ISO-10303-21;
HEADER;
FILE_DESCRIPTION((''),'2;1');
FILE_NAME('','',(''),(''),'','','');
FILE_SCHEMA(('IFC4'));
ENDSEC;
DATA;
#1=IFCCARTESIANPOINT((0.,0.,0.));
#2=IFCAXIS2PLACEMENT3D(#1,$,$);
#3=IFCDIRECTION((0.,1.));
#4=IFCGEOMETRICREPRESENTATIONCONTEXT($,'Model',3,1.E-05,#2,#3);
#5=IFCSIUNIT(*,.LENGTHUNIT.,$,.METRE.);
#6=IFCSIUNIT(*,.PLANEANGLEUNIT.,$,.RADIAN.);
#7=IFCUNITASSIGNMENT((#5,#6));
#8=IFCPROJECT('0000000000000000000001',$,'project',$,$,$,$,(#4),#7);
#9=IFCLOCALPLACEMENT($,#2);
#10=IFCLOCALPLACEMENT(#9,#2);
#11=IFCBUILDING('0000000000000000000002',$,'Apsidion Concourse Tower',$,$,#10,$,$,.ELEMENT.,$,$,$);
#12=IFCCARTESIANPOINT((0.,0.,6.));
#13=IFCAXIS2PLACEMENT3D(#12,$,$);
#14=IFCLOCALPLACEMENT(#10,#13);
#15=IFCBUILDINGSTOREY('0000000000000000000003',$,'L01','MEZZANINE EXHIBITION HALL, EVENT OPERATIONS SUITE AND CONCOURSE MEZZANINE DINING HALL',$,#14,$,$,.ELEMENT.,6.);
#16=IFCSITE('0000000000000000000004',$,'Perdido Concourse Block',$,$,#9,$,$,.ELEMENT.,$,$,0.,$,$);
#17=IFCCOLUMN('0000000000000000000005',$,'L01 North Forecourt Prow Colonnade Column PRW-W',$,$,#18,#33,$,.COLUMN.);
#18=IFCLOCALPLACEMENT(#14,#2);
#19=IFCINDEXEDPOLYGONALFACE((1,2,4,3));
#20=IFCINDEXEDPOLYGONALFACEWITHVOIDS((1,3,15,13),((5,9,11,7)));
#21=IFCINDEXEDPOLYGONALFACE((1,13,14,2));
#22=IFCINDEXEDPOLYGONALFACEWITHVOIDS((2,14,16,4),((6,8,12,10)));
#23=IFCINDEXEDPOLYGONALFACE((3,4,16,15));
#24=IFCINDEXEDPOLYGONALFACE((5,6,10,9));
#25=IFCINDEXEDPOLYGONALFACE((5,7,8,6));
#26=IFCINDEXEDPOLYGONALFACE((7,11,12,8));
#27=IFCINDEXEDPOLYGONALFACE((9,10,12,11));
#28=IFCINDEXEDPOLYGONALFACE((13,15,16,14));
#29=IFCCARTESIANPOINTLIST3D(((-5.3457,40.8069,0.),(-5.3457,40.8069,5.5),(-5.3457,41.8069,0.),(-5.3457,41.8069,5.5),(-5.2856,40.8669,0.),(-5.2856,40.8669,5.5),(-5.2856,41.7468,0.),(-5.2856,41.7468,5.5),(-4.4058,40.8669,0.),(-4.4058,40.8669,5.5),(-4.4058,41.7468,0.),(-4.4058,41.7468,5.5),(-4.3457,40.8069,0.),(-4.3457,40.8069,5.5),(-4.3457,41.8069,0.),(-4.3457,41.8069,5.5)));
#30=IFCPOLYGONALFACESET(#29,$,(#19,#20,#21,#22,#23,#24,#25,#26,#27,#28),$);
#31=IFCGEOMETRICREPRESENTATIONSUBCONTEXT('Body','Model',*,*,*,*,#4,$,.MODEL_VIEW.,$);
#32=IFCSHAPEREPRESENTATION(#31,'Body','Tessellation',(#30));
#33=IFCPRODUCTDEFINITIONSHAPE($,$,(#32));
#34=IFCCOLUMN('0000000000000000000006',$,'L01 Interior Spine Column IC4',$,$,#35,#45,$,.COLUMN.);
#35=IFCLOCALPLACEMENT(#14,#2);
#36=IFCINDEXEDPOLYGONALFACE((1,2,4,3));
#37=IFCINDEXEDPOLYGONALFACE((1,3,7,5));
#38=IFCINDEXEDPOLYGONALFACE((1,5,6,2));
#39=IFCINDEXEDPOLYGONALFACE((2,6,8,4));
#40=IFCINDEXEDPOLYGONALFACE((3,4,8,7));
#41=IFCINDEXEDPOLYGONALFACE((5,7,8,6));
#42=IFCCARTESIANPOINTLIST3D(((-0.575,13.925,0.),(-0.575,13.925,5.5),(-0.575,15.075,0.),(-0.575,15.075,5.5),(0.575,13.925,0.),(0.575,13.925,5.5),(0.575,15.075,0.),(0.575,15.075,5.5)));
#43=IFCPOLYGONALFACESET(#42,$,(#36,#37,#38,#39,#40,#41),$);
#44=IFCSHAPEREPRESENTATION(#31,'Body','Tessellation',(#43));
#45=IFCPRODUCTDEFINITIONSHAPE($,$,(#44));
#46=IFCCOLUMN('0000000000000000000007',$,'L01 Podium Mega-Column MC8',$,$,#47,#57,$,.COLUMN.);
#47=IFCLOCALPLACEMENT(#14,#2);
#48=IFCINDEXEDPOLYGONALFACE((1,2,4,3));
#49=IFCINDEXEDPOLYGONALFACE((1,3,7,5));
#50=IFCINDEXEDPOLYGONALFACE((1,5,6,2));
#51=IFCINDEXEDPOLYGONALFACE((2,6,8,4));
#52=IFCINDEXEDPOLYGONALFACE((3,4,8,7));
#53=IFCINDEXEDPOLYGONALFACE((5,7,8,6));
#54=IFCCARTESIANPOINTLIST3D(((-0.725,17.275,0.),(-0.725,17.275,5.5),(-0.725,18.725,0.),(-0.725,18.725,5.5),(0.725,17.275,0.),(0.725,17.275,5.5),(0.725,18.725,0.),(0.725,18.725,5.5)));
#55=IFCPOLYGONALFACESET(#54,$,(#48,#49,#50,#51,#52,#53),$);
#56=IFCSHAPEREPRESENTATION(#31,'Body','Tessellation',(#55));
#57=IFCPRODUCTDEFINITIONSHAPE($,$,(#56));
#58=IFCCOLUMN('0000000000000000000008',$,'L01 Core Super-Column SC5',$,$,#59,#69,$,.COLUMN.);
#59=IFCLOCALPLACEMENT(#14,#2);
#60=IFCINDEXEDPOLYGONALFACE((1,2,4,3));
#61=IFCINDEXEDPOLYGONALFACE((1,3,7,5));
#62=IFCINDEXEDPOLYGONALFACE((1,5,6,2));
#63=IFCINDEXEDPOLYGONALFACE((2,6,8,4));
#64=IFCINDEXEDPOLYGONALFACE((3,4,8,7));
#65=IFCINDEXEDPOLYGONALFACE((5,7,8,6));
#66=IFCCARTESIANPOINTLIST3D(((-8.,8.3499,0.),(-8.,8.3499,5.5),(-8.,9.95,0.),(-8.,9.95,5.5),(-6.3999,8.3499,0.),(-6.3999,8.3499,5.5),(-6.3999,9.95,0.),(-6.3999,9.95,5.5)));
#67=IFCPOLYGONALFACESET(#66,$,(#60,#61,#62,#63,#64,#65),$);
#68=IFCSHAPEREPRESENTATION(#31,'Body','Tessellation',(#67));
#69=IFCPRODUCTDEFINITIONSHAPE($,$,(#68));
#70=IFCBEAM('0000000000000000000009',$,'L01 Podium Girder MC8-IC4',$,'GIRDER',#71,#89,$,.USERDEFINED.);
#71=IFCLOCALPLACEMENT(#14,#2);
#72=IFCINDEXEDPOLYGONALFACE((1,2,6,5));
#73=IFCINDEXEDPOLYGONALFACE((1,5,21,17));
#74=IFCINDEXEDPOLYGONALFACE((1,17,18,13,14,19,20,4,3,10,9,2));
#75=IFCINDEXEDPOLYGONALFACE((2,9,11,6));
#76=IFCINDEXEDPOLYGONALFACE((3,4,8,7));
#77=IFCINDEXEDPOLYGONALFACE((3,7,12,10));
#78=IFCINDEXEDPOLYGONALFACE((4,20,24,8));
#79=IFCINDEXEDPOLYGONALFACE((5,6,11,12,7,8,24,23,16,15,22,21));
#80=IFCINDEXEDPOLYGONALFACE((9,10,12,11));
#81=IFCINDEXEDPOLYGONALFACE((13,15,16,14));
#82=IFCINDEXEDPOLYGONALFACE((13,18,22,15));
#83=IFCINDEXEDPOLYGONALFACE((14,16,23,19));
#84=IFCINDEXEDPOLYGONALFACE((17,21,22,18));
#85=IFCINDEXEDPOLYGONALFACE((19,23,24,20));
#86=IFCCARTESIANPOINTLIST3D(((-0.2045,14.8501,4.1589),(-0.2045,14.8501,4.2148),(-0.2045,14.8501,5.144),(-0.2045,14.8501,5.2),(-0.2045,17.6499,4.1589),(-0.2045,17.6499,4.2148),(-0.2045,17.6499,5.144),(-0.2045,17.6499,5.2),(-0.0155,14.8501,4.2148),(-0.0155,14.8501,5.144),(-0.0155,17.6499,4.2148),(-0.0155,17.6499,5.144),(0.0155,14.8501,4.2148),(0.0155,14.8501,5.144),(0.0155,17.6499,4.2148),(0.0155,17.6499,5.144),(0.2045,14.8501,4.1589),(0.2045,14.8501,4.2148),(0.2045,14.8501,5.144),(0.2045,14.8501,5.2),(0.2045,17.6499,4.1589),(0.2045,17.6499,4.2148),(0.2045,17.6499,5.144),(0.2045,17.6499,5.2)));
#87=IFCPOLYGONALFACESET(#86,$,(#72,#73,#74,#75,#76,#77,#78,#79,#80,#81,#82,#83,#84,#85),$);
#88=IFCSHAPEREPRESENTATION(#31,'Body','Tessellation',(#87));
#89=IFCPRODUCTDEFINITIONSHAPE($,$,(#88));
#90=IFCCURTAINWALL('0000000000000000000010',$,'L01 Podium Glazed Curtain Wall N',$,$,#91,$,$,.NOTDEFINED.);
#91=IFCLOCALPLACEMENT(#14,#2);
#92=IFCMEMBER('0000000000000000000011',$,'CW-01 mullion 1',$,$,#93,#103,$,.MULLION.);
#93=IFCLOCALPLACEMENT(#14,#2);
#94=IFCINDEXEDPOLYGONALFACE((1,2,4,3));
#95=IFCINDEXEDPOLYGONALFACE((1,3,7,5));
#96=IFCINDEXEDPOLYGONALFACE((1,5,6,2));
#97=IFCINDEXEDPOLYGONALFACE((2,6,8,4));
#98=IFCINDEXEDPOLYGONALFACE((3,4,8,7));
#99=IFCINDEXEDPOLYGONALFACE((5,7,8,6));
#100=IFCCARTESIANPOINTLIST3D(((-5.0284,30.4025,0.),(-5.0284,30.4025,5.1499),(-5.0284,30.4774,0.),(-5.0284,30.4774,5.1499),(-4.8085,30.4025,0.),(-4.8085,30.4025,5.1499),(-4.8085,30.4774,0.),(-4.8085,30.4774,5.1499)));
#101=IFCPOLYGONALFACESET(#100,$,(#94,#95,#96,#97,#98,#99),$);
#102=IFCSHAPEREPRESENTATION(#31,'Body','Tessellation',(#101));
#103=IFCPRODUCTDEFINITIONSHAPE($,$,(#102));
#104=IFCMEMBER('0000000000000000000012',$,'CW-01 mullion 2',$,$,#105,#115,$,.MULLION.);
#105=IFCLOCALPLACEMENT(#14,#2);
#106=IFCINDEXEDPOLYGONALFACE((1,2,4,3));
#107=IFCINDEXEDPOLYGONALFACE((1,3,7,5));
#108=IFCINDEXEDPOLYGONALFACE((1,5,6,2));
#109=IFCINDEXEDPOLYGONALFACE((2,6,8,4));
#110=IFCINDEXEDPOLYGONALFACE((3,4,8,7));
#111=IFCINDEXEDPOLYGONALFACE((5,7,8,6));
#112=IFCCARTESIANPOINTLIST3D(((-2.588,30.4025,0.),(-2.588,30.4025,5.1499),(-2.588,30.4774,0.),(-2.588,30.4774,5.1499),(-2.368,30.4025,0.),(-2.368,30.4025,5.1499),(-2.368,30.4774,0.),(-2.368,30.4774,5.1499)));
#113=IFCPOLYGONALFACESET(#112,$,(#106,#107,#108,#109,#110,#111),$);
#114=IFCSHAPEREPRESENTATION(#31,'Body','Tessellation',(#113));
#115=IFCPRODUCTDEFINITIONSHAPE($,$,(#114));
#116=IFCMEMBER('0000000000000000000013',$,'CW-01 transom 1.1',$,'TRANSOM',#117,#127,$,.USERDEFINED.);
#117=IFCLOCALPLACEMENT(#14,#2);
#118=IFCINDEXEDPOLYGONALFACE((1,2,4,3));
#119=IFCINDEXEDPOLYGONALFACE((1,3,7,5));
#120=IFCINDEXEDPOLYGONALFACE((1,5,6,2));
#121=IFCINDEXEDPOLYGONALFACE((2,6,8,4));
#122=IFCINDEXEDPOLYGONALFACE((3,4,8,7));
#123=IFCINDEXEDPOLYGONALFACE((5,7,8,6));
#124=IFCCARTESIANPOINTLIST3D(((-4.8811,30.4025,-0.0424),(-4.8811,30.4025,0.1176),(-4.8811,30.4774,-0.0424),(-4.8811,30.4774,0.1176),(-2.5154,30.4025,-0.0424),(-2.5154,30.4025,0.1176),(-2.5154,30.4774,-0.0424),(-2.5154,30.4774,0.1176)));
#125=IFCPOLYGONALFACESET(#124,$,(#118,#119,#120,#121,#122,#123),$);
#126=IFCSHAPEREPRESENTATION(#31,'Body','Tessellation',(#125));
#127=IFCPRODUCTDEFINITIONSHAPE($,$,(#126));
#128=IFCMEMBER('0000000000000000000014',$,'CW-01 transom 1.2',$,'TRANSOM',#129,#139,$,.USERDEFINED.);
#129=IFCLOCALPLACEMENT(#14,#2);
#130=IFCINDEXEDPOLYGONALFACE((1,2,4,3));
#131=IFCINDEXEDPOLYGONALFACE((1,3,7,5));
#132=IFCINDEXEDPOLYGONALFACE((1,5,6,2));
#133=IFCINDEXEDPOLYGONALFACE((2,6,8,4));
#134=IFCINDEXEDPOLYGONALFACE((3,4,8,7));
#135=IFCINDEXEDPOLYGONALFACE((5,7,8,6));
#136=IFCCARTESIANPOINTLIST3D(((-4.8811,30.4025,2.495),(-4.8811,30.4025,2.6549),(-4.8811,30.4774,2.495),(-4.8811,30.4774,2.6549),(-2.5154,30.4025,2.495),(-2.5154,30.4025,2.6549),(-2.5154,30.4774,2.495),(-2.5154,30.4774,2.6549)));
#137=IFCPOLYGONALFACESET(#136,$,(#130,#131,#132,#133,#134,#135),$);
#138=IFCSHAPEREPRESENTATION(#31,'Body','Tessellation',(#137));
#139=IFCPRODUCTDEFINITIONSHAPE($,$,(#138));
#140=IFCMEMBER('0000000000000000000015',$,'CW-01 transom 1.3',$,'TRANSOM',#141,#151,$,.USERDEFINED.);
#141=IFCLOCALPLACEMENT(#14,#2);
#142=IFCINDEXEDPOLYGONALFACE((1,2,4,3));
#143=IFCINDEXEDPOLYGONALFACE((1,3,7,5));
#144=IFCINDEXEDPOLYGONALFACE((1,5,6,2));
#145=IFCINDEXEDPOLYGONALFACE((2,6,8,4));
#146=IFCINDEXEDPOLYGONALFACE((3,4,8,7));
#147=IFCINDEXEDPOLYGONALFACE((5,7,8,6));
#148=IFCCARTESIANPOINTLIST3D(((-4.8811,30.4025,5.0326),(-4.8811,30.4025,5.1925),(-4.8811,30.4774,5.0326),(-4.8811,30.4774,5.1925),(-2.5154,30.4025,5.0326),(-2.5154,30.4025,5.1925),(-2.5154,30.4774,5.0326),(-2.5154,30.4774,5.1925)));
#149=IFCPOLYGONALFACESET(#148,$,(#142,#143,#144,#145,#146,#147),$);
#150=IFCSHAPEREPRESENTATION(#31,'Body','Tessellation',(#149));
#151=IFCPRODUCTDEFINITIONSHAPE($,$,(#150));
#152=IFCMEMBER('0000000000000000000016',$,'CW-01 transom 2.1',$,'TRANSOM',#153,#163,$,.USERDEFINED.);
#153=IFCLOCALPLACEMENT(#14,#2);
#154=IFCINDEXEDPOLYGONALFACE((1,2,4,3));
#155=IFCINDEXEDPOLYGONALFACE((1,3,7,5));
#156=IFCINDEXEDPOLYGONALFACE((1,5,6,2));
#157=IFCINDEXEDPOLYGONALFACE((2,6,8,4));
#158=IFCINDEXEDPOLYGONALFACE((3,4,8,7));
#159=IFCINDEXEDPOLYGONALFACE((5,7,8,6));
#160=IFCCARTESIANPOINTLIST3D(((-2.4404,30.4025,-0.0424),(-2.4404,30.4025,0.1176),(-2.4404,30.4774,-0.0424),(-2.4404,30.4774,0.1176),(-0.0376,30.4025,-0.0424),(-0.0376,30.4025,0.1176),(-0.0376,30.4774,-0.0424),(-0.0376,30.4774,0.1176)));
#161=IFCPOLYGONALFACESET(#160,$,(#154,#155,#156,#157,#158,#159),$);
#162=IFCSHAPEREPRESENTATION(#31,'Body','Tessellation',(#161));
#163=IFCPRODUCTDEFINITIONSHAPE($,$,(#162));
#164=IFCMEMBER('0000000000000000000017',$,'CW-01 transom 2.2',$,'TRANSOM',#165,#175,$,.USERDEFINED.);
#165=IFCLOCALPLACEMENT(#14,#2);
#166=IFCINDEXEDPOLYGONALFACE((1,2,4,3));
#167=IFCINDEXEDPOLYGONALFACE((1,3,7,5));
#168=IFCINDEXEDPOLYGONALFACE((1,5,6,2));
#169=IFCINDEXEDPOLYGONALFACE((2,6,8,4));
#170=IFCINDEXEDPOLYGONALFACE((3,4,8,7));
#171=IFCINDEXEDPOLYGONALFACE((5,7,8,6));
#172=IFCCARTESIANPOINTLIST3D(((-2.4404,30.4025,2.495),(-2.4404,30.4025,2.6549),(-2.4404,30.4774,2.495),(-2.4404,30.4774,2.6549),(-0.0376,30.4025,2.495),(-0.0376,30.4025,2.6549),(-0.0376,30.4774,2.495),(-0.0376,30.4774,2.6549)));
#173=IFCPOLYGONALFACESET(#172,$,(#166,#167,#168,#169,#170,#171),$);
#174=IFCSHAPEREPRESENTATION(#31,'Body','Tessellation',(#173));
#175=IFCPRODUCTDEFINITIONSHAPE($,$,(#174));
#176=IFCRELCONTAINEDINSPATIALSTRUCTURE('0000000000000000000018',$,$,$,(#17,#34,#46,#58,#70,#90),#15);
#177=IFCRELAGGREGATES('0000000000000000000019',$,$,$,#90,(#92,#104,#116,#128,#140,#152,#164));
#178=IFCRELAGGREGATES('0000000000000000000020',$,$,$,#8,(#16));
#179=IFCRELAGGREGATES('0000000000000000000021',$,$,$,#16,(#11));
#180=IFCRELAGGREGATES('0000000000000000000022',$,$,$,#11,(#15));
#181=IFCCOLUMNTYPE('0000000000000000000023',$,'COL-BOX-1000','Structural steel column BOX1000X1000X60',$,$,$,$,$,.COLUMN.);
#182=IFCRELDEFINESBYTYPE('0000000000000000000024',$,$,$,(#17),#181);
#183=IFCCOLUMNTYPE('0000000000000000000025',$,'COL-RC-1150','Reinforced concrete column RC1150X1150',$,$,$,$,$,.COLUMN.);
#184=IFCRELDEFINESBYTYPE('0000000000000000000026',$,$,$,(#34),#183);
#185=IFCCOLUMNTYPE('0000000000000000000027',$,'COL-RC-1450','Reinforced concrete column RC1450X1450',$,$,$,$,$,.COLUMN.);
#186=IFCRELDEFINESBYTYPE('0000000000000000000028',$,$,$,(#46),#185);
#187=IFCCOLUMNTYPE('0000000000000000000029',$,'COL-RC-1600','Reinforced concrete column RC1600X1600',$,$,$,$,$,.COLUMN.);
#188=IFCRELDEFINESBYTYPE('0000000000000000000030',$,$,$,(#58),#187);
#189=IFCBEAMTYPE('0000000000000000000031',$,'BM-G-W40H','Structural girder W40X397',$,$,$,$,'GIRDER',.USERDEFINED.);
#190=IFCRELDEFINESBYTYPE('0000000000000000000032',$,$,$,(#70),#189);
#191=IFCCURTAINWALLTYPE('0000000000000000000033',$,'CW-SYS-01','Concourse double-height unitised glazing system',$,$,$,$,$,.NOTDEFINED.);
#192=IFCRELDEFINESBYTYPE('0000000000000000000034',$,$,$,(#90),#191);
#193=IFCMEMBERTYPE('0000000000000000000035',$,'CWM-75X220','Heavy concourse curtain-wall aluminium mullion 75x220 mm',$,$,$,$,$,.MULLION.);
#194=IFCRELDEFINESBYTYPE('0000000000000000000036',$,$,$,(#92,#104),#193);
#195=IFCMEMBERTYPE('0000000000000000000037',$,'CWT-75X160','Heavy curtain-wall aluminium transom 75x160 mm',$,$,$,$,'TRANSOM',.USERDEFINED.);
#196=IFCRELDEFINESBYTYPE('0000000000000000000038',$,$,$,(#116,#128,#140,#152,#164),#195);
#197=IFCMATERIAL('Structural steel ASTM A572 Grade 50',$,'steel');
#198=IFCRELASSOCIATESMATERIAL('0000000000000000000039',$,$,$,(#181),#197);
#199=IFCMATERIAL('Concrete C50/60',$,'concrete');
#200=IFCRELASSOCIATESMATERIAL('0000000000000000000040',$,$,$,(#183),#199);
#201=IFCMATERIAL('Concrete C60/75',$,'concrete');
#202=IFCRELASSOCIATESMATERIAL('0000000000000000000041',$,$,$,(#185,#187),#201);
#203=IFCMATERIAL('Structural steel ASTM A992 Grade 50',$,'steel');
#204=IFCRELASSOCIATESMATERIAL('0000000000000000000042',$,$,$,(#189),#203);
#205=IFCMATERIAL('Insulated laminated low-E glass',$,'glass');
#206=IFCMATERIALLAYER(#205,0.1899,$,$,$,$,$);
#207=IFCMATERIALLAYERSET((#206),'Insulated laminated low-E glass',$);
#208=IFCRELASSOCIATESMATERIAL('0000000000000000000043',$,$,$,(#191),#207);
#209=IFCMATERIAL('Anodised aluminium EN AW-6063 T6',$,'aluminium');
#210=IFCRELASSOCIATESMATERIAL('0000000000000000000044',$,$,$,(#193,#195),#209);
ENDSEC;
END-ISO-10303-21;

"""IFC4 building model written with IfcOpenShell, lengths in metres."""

from ifc_helpers import new_model, si_unit, direction, frame, origin, origin_2d, place, context, subcontext, project, spatial, rectangle, hollow_rectangle, i_section, extrude, material, layer, layer_set, material_profile, profile_set, type_object, element, aggregate, save


model = new_model("IFC4")

# Units and contexts
model_context = context("Model", 3, precision=1e-05, world=origin(), true_north=direction((0.0, 1.0)))
body_context = subcontext(model_context, "Body", "Model", "MODEL_VIEW")
ifc_project = project(units=[si_unit("LENGTHUNIT", "METRE"), si_unit("PLANEANGLEUNIT", "RADIAN")], contexts=[model_context])

# Site, building, storey
site_placement = place(None, origin())
site = spatial("IfcSite", under=ifc_project, at=site_placement, Name="Perdido Concourse Block", CompositionType="ELEMENT", RefElevation=0.0)
building_placement = place(site_placement, origin())
building = spatial("IfcBuilding", under=site, at=building_placement, Name="Apsidion Concourse Tower", CompositionType="ELEMENT")
storey_placement = place(building_placement, frame((0.0, 0.0, 6.0)))
storey = spatial("IfcBuildingStorey", under=building, at=storey_placement, Name="L01", Description="MEZZANINE EXHIBITION HALL, EVENT OPERATIONS SUITE AND CONCOURSE MEZZANINE DINING HALL", CompositionType="ELEMENT", Elevation=6.0)

# Columns
ifc_material_1 = material(Name="Structural steel ASTM A572 Grade 50", Category="steel")
ifc_material_profile_1 = material_profile(ifc_material_1, hollow_rectangle(XDim=1.0, YDim=1.0, WallThickness=0.0601, at=origin_2d()), Name="BOX1000X1000X60")
ifc_profile_set_1 = profile_set([ifc_material_profile_1], Name="Structural steel ASTM A572 Grade 50")
column_type_1 = type_object("IfcColumnType", Name="COL-BOX-1000", Description="Structural steel column BOX1000X1000X60", PredefinedType="COLUMN", material=ifc_profile_set_1)
column_1_placement = place(storey_placement, frame((-4.8457, 41.3069, 0.0), z_axis=(0.0, 0.0, 1.0), x_axis=(1.0, 0.0, 0.0)))
element("IfcColumn", 1, at=column_1_placement, inside=storey, type_object=column_type_1, Name="L01 North Forecourt Prow Colonnade Column PRW-W", PredefinedType="COLUMN", context=body_context, shape_type="SweptSolid", body=[
    extrude(hollow_rectangle(XDim=1.0, YDim=1.0, WallThickness=0.0601, at=origin_2d()), origin(), (0.0, 0.0, 1.0), 5.5),
])
ifc_material_2 = material(Name="Concrete C50/60", Category="concrete")
ifc_material_profile_2 = material_profile(ifc_material_2, rectangle(XDim=1.1499, YDim=1.1499, at=origin_2d()), Name="RC 1150x1150")
ifc_profile_set_2 = profile_set([ifc_material_profile_2], Name="Concrete C50/60")
column_type_2 = type_object("IfcColumnType", Name="COL-RC-1150", Description="Reinforced concrete column RC1150X1150", PredefinedType="COLUMN", material=ifc_profile_set_2)
column_2_placement = place(storey_placement, frame((0.0, 14.5, 0.0), z_axis=(0.0, 0.0, 1.0), x_axis=(1.0, 0.0, 0.0)))
element("IfcColumn", 2, at=column_2_placement, inside=storey, type_object=column_type_2, Name="L01 Interior Spine Column IC4", PredefinedType="COLUMN", context=body_context, shape_type="SweptSolid", body=[
    extrude(rectangle(XDim=1.1499, YDim=1.1499, at=origin_2d()), origin(), (0.0, 0.0, 1.0), 5.5),
])
ifc_material_3 = material(Name="Concrete C60/75", Category="concrete")
ifc_material_profile_3 = material_profile(ifc_material_3, rectangle(XDim=1.45, YDim=1.45, at=origin_2d()), Name="RC 1450x1450")
ifc_profile_set_3 = profile_set([ifc_material_profile_3], Name="Concrete C60/75")
column_type_3 = type_object("IfcColumnType", Name="COL-RC-1450", Description="Reinforced concrete column RC1450X1450", PredefinedType="COLUMN", material=ifc_profile_set_3)
column_3_placement = place(storey_placement, frame((0.0, 18.0, 0.0), z_axis=(0.0, 0.0, 1.0), x_axis=(1.0, 0.0, 0.0)))
element("IfcColumn", 3, at=column_3_placement, inside=storey, type_object=column_type_3, Name="L01 Podium Mega-Column MC8", PredefinedType="COLUMN", context=body_context, shape_type="SweptSolid", body=[
    extrude(rectangle(XDim=1.45, YDim=1.45, at=origin_2d()), origin(), (0.0, 0.0, 1.0), 5.5),
])
ifc_material_profile_4 = material_profile(ifc_material_3, rectangle(XDim=1.6001, YDim=1.6001, at=origin_2d()), Name="RC 1600x1600")
ifc_profile_set_4 = profile_set([ifc_material_profile_4], Name="Concrete C60/75")
column_type_4 = type_object("IfcColumnType", Name="COL-RC-1600", Description="Reinforced concrete column RC1600X1600", PredefinedType="COLUMN", material=ifc_profile_set_4)
column_4_placement = place(storey_placement, frame((-7.2, 9.1499, 0.0), z_axis=(0.0, 0.0, 1.0), x_axis=(1.0, 0.0, 0.0)))
element("IfcColumn", 4, at=column_4_placement, inside=storey, type_object=column_type_4, Name="L01 Core Super-Column SC5", PredefinedType="COLUMN", context=body_context, shape_type="SweptSolid", body=[
    extrude(rectangle(XDim=1.6001, YDim=1.6001, at=origin_2d()), origin(), (0.0, 0.0, 1.0), 5.5),
])

# Beam
ifc_material_4 = material(Name="Structural steel ASTM A992 Grade 50", Category="steel")
ifc_material_profile_5 = material_profile(ifc_material_4, i_section(OverallWidth=0.4089, OverallDepth=1.041, WebThickness=0.031, FlangeThickness=0.0559, at=origin_2d()), Name="W40X397")
ifc_profile_set_5 = profile_set([ifc_material_profile_5], Name="Structural steel ASTM A992 Grade 50")
beam_type = type_object("IfcBeamType", Name="BM-G-W40H", Description="Structural girder W40X397", ElementType="GIRDER", PredefinedType="USERDEFINED", material=ifc_profile_set_5)
beam_placement = place(storey_placement, frame((0.0, 17.6499, 4.6794), z_axis=(0.0, -1.0, 0.0), x_axis=(1.0, 0.0, 0.0)))
element("IfcBeam", 5, at=beam_placement, inside=storey, type_object=beam_type, Name="L01 Podium Girder MC8-IC4", ObjectType="GIRDER", PredefinedType="USERDEFINED", context=body_context, shape_type="SweptSolid", body=[
    extrude(i_section(OverallWidth=0.4089, OverallDepth=1.041, WebThickness=0.031, FlangeThickness=0.0559, at=origin_2d()), origin(), (0.0, 0.0, 1.0), 2.7998),
])

# Curtain wall, members
ifc_material_5 = material(Name="Insulated laminated low-E glass", Category="glass")
ifc_layer_1 = layer(ifc_material_5, 0.1899)
ifc_layer_set_1 = layer_set([ifc_layer_1], Name="Insulated laminated low-E glass")
curtain_wall_type = type_object("IfcCurtainWallType", Name="CW-SYS-01", Description="Concourse double-height unitised glazing system", PredefinedType="NOTDEFINED", material=ifc_layer_set_1)
curtain_wall_placement = place(storey_placement, origin())
curtain_wall = element("IfcCurtainWall", 6, at=curtain_wall_placement, inside=storey, type_object=curtain_wall_type, Name="L01 Podium Glazed Curtain Wall N", PredefinedType="NOTDEFINED")
ifc_material_6 = material(Name="Anodised aluminium EN AW-6063 T6", Category="aluminium")
ifc_material_profile_6 = material_profile(ifc_material_6, rectangle(XDim=0.075, YDim=0.22, at=origin_2d()), Name="ALU MULLION 75x220")
ifc_profile_set_6 = profile_set([ifc_material_profile_6], Name="Anodised aluminium EN AW-6063 T6")
member_type_1 = type_object("IfcMemberType", Name="CWM-75X220", Description="Heavy concourse curtain-wall aluminium mullion 75x220 mm", PredefinedType="MULLION", material=ifc_profile_set_6)
member_1_placement = place(storey_placement, frame((-4.9185, 30.4399, 0.0), z_axis=(0.0, 0.0, 1.0), x_axis=(0.0, 1.0, 0.0)))
member_1 = element("IfcMember", 7, at=member_1_placement, type_object=member_type_1, Name="CW-01 mullion 1", PredefinedType="MULLION", context=body_context, shape_type="SweptSolid", body=[
    extrude(rectangle(XDim=0.075, YDim=0.22, at=origin_2d()), origin(), (0.0, 0.0, 1.0), 5.1499),
])
member_2_placement = place(storey_placement, frame((-2.478, 30.4399, 0.0), z_axis=(0.0, 0.0, 1.0), x_axis=(0.0, 1.0, 0.0)))
member_2 = element("IfcMember", 8, at=member_2_placement, type_object=member_type_1, Name="CW-01 mullion 2", PredefinedType="MULLION", context=body_context, shape_type="SweptSolid", body=[
    extrude(rectangle(XDim=0.075, YDim=0.22, at=origin_2d()), origin(), (0.0, 0.0, 1.0), 5.1499),
])
ifc_material_profile_7 = material_profile(ifc_material_6, rectangle(XDim=0.075, YDim=0.1599, at=origin_2d()), Name="ALU TRANSOM 75x160")
ifc_profile_set_7 = profile_set([ifc_material_profile_7], Name="Anodised aluminium EN AW-6063 T6")
member_type_2 = type_object("IfcMemberType", Name="CWT-75X160", Description="Heavy curtain-wall aluminium transom 75x160 mm", ElementType="TRANSOM", PredefinedType="USERDEFINED", material=ifc_profile_set_7)
member_3_placement = place(storey_placement, frame((-4.8811, 30.4399, 0.0376), z_axis=(1.0, 0.0, 0.0), x_axis=(0.0, 1.0, 0.0)))
member_3 = element("IfcMember", 9, at=member_3_placement, type_object=member_type_2, Name="CW-01 transom 1.1", ObjectType="TRANSOM", PredefinedType="USERDEFINED", context=body_context, shape_type="SweptSolid", body=[
    extrude(rectangle(XDim=0.075, YDim=0.1599, at=origin_2d()), origin(), (0.0, 0.0, 1.0), 2.3657),
])
member_4_placement = place(storey_placement, frame((-4.8811, 30.4399, 2.575), z_axis=(1.0, 0.0, 0.0), x_axis=(0.0, 1.0, 0.0)))
member_4 = element("IfcMember", 10, at=member_4_placement, type_object=member_type_2, Name="CW-01 transom 1.2", ObjectType="TRANSOM", PredefinedType="USERDEFINED", context=body_context, shape_type="SweptSolid", body=[
    extrude(rectangle(XDim=0.075, YDim=0.1599, at=origin_2d()), origin(), (0.0, 0.0, 1.0), 2.3657),
])
member_5_placement = place(storey_placement, frame((-4.8811, 30.4399, 5.1125), z_axis=(1.0, 0.0, 0.0), x_axis=(0.0, 1.0, 0.0)))
member_5 = element("IfcMember", 11, at=member_5_placement, type_object=member_type_2, Name="CW-01 transom 1.3", ObjectType="TRANSOM", PredefinedType="USERDEFINED", context=body_context, shape_type="SweptSolid", body=[
    extrude(rectangle(XDim=0.075, YDim=0.1599, at=origin_2d()), origin(), (0.0, 0.0, 1.0), 2.3657),
])
member_6_placement = place(storey_placement, frame((-2.4404, 30.4399, 0.0376), z_axis=(1.0, 0.0, 0.0), x_axis=(0.0, 1.0, 0.0)))
member_6 = element("IfcMember", 12, at=member_6_placement, type_object=member_type_2, Name="CW-01 transom 2.1", ObjectType="TRANSOM", PredefinedType="USERDEFINED", context=body_context, shape_type="SweptSolid", body=[
    extrude(rectangle(XDim=0.075, YDim=0.1599, at=origin_2d()), origin(), (0.0, 0.0, 1.0), 2.4028),
])
member_7_placement = place(storey_placement, frame((-2.4404, 30.4399, 2.575), z_axis=(1.0, 0.0, 0.0), x_axis=(0.0, 1.0, 0.0)))
member_7 = element("IfcMember", 13, at=member_7_placement, type_object=member_type_2, Name="CW-01 transom 2.2", ObjectType="TRANSOM", PredefinedType="USERDEFINED", context=body_context, shape_type="SweptSolid", body=[
    extrude(rectangle(XDim=0.075, YDim=0.1599, at=origin_2d()), origin(), (0.0, 0.0, 1.0), 2.4028),
])
aggregate(curtain_wall, [member_1, member_2, member_3, member_4, member_5, member_6, member_7])

save(model, "model.ifc")
